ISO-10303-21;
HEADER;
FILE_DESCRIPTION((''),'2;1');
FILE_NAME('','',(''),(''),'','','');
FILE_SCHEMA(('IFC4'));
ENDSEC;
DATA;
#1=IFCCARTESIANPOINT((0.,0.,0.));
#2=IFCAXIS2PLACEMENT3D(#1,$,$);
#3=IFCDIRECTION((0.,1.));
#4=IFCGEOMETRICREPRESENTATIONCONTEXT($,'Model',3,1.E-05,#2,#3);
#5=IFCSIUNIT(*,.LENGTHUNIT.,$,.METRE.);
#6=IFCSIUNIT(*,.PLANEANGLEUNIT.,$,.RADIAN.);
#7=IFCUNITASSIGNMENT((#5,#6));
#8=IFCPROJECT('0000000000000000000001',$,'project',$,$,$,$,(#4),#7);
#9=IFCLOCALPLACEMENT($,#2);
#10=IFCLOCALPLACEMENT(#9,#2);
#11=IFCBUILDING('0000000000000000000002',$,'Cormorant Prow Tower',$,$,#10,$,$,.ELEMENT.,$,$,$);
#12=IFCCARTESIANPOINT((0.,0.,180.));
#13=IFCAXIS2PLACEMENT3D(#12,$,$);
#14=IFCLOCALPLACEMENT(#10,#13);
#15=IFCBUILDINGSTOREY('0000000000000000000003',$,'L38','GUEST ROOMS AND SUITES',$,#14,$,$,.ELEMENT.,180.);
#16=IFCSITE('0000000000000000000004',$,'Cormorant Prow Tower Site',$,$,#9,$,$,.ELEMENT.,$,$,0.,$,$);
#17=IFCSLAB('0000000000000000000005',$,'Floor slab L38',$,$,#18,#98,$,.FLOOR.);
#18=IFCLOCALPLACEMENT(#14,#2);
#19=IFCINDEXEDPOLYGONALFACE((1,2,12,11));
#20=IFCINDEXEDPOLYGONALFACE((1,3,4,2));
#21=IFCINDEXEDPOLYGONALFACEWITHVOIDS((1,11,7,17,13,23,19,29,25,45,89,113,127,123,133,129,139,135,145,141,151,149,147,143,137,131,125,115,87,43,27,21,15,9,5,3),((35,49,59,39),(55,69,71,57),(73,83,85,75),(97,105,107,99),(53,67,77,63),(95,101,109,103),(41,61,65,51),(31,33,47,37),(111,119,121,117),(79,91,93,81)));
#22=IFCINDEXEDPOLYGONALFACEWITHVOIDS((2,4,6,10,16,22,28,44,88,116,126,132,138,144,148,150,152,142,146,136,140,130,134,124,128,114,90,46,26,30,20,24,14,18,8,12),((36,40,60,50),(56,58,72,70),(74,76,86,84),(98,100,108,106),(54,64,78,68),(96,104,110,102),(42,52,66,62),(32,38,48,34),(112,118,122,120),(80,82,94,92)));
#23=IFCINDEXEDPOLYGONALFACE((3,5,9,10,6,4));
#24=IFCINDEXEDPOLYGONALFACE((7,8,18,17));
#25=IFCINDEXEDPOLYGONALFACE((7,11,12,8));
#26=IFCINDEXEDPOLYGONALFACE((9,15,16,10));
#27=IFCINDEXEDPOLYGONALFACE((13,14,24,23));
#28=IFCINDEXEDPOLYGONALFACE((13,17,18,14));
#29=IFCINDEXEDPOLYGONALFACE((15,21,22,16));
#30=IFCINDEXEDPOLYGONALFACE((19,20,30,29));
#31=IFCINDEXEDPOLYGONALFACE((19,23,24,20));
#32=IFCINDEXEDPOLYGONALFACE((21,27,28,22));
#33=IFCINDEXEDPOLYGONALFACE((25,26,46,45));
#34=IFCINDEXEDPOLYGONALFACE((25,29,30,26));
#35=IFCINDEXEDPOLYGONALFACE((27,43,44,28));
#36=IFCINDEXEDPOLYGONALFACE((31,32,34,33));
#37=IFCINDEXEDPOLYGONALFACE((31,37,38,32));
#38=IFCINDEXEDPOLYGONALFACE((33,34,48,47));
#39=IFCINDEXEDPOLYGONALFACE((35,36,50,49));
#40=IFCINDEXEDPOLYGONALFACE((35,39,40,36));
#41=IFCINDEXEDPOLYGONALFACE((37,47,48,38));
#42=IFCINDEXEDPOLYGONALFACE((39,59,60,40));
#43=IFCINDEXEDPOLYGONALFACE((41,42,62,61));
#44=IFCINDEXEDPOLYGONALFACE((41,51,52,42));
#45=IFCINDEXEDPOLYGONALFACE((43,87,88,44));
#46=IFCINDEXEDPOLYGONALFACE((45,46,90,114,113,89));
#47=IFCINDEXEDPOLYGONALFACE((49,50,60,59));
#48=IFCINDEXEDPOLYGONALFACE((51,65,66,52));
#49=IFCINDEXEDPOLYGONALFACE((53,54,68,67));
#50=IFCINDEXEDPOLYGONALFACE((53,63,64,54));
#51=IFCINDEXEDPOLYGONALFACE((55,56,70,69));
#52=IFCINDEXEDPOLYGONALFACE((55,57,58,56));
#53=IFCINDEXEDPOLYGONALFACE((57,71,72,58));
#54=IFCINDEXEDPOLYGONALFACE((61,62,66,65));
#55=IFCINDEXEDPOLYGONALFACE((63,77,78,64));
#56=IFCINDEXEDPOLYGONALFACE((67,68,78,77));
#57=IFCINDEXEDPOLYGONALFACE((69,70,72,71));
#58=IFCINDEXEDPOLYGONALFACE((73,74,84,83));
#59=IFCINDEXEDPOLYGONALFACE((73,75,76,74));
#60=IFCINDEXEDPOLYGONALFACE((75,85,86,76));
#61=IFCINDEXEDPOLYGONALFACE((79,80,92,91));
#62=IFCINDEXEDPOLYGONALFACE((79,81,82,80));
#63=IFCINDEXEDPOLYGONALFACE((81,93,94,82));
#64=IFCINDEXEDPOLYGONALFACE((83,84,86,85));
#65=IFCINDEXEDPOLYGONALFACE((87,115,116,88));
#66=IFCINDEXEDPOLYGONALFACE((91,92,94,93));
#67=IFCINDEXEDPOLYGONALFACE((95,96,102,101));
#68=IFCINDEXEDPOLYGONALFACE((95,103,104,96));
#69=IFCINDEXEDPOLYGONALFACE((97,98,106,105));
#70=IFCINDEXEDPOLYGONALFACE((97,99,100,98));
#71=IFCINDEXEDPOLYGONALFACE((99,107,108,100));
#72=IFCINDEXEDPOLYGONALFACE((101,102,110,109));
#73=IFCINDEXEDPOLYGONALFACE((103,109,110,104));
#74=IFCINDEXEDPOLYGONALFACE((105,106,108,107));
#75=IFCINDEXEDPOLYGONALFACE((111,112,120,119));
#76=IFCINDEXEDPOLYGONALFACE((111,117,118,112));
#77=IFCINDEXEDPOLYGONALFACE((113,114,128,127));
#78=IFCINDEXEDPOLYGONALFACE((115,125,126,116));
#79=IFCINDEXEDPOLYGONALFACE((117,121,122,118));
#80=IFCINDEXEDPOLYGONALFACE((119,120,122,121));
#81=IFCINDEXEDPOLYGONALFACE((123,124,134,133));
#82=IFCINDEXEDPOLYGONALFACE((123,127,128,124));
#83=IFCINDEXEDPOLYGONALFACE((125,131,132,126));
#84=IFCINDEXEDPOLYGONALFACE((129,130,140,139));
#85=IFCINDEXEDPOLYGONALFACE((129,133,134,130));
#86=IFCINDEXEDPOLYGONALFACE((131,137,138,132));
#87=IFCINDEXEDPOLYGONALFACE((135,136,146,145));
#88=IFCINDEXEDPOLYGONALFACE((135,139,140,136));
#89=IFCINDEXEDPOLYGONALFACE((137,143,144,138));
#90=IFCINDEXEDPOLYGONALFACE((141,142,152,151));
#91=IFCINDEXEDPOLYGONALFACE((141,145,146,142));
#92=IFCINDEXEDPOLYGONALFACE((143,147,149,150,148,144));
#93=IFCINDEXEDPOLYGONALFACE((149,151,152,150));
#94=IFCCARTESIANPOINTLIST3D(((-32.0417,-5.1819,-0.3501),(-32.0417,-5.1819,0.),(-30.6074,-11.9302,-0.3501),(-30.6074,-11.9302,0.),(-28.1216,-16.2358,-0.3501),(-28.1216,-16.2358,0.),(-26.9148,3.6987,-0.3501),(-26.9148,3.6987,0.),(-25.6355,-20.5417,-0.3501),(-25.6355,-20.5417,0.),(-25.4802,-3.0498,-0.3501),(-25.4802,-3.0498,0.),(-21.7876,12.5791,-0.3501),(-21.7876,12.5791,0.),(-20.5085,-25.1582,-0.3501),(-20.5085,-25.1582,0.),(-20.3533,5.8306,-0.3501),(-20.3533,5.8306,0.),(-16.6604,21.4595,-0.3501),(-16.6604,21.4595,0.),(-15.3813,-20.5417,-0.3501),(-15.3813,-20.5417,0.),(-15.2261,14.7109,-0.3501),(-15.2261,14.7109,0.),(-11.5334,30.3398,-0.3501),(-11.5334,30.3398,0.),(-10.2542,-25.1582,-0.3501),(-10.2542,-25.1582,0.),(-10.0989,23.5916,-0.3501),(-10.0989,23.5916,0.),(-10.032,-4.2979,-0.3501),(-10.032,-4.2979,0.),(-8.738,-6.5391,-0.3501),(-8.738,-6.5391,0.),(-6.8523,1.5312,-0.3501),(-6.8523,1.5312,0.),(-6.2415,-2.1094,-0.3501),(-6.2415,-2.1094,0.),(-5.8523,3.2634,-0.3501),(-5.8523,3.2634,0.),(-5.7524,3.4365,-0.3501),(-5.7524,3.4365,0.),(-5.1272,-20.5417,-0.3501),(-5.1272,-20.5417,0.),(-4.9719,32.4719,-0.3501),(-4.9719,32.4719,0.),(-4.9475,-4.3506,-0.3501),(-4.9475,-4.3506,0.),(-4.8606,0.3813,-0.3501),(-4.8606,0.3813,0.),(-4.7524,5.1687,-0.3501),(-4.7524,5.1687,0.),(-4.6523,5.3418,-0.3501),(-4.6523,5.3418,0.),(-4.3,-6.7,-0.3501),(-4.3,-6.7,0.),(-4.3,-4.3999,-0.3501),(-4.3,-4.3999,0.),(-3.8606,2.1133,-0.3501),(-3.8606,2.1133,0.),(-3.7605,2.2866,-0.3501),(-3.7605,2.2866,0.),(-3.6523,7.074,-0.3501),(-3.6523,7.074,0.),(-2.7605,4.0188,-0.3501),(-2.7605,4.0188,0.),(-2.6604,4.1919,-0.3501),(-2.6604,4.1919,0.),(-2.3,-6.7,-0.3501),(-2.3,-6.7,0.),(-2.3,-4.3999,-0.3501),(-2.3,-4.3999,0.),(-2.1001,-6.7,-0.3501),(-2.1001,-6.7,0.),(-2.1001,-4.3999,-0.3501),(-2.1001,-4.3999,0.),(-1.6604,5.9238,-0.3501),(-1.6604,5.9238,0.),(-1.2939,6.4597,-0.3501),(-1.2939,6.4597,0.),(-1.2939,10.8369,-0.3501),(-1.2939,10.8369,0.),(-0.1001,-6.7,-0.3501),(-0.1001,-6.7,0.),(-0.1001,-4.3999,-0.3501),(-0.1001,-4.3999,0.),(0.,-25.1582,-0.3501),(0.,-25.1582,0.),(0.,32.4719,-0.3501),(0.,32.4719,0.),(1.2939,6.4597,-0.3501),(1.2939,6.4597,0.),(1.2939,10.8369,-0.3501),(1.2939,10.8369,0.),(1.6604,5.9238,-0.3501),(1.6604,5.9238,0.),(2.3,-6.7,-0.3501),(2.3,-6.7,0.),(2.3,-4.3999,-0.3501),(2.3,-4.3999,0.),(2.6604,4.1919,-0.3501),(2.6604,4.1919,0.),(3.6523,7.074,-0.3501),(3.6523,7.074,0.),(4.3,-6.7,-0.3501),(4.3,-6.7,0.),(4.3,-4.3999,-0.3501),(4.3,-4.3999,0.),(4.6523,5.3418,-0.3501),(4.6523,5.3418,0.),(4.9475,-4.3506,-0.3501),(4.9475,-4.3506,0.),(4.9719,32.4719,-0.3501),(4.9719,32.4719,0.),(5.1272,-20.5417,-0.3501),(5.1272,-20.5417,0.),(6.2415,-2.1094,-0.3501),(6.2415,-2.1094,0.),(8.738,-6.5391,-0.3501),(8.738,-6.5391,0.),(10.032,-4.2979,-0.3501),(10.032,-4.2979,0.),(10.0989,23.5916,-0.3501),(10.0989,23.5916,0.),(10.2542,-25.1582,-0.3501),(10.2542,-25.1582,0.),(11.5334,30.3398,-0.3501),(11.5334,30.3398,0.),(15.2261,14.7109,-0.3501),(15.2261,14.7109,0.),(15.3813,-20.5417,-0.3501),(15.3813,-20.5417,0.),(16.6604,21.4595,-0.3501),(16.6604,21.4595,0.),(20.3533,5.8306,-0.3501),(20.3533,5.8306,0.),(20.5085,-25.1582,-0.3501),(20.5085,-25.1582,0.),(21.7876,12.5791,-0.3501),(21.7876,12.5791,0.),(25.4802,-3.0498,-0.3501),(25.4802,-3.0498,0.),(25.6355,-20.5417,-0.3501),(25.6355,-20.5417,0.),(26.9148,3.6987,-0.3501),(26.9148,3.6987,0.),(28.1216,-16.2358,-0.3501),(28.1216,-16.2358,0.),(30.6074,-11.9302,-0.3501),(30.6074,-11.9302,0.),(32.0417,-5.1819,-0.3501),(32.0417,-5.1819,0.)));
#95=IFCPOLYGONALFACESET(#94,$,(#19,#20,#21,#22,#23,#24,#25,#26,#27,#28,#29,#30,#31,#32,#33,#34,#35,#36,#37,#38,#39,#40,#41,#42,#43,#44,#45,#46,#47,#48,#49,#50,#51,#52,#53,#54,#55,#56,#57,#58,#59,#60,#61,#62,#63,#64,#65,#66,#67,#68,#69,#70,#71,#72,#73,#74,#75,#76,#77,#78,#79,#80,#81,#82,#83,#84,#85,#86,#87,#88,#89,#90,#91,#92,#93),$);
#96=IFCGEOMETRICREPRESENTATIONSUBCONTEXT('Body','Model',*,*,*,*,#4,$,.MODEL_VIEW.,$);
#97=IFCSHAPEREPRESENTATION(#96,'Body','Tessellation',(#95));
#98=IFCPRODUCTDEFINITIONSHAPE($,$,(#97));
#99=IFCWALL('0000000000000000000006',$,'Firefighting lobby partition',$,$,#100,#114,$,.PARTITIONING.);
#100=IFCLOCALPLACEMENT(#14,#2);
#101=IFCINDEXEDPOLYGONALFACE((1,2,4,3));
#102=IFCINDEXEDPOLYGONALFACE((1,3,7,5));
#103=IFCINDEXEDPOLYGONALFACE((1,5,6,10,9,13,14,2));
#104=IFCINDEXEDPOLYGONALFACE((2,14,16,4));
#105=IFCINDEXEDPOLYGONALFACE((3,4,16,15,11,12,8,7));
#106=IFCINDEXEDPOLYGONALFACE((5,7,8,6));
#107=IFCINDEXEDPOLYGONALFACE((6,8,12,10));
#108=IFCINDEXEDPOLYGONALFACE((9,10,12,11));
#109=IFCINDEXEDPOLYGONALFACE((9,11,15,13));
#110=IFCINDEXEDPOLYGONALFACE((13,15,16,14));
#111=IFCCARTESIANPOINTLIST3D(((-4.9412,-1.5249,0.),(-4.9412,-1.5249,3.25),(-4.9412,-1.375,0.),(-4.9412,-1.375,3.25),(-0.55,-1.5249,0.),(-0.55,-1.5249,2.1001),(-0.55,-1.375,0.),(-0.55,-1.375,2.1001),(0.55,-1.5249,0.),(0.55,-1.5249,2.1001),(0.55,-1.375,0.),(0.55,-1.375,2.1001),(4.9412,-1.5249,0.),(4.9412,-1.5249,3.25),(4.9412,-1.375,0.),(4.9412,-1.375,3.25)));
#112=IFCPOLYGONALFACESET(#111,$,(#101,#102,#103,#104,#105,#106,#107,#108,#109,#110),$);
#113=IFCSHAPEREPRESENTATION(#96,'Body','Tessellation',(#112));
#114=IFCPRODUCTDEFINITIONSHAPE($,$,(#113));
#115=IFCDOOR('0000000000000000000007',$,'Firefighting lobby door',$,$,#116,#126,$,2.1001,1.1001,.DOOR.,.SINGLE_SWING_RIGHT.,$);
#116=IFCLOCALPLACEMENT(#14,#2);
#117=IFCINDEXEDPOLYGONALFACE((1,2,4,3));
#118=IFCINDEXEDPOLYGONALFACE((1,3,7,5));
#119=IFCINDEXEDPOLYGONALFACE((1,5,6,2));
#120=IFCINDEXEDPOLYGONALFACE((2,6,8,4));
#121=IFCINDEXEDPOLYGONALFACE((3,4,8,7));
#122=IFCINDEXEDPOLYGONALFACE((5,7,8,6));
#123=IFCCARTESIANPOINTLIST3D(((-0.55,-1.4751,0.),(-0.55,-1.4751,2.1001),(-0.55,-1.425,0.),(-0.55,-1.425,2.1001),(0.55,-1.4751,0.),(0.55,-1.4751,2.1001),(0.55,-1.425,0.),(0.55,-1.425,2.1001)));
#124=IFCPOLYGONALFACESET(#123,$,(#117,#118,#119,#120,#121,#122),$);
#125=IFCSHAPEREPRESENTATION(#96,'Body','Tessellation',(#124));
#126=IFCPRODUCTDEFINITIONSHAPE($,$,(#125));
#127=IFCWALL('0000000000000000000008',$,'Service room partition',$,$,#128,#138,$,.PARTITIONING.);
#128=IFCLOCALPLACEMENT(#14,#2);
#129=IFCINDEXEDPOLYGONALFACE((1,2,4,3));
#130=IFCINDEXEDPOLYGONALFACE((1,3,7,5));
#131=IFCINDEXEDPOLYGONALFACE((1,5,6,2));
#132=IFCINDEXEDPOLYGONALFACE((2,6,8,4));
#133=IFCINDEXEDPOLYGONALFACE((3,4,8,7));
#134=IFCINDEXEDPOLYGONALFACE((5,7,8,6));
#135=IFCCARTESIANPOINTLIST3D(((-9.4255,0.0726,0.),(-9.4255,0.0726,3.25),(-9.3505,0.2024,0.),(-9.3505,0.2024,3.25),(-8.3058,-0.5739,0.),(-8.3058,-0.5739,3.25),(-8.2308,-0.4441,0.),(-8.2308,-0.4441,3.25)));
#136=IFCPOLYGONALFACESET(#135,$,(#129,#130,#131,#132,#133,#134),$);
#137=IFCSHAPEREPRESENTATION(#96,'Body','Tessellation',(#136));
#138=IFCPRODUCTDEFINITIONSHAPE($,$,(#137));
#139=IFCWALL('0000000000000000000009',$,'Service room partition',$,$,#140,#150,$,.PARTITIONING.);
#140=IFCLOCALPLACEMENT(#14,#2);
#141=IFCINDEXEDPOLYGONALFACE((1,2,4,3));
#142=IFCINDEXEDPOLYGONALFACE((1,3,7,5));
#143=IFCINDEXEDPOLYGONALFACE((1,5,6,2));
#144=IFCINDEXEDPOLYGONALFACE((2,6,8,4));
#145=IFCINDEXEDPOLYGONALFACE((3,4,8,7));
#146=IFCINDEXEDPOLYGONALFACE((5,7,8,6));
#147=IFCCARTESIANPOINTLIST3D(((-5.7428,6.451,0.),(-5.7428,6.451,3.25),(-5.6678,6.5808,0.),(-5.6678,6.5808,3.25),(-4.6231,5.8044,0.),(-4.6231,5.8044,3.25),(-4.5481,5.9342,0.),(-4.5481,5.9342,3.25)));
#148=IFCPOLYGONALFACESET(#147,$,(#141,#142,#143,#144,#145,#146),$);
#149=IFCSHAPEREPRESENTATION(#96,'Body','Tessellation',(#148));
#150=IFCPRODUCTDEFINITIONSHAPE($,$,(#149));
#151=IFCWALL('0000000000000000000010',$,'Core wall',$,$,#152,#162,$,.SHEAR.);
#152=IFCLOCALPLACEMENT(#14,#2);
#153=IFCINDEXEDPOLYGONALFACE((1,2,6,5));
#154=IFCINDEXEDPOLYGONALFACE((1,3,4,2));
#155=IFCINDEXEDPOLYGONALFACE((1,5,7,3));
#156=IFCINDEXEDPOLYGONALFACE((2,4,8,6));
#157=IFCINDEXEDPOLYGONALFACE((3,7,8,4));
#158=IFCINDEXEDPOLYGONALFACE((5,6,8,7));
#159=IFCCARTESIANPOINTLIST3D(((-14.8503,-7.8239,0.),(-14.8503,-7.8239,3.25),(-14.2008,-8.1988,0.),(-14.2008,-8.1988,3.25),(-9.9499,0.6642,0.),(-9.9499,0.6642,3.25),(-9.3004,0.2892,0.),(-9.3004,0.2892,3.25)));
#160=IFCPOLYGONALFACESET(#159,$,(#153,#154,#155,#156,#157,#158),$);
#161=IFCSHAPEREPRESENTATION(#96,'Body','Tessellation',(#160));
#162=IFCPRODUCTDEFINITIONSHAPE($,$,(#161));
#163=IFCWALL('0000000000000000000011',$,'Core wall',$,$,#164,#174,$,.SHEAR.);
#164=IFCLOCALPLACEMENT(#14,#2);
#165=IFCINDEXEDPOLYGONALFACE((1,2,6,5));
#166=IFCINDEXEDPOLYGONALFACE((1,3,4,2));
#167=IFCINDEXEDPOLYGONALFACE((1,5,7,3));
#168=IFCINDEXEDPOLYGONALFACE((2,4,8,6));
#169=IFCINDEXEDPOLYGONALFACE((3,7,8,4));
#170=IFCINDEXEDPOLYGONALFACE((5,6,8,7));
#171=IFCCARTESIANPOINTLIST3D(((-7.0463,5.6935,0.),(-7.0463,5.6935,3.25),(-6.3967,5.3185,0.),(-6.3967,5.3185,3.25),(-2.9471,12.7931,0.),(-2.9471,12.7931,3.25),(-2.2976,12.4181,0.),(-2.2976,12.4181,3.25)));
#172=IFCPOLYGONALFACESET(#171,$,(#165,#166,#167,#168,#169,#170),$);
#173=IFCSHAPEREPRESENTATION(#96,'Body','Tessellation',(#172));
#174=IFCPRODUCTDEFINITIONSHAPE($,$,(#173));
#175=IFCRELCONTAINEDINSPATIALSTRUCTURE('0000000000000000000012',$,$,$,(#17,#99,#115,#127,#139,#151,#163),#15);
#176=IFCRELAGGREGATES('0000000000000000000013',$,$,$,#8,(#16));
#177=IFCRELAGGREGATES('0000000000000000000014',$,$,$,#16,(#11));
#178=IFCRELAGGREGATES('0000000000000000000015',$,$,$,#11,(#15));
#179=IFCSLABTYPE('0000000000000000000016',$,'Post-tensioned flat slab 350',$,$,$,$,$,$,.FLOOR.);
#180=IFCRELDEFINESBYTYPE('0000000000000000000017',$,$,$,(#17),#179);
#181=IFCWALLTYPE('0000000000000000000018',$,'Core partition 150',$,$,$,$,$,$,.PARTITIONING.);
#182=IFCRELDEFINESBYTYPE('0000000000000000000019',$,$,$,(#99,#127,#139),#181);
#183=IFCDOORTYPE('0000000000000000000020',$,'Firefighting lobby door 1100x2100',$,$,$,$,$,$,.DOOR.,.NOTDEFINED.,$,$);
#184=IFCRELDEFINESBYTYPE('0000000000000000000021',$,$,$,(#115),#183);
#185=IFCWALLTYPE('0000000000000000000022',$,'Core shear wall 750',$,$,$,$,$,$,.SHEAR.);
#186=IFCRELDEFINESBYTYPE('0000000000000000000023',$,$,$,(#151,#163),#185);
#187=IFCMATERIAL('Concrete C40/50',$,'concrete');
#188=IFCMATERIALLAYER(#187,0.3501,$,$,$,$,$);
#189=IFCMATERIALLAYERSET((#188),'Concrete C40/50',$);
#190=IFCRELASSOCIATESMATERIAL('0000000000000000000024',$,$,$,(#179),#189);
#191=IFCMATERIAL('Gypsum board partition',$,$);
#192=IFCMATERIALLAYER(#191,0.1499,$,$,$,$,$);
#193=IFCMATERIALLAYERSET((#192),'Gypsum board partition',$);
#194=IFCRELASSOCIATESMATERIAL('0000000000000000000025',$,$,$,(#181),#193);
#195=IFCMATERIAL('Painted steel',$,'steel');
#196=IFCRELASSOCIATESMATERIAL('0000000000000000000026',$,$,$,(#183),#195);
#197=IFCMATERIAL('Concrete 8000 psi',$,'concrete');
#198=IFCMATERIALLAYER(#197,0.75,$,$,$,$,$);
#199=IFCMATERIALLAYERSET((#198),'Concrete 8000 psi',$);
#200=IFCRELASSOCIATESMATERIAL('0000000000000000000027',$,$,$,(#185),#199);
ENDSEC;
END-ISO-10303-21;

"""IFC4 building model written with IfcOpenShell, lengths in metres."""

from ifc_helpers import new_model, si_unit, direction, frame, frame_2d, origin, place, context, subcontext, project, spatial, polyline, rectangle, outline, extrude, material, layer, layer_set, type_object, element, fill, save


model = new_model("IFC4")

# Units and contexts
model_context = context("Model", 3, precision=1e-05, world=origin(), true_north=direction((0.0, 1.0)))
body_context = subcontext(model_context, "Body", "Model", "MODEL_VIEW")
ifc_project = project(units=[si_unit("LENGTHUNIT", "METRE"), si_unit("PLANEANGLEUNIT", "RADIAN")], contexts=[model_context])

# Site, building, storey
site_placement = place(None, origin())
site = spatial("IfcSite", under=ifc_project, at=site_placement, Name="Cormorant Prow Tower Site", CompositionType="ELEMENT", RefElevation=0.0)
building_placement = place(site_placement, origin())
building = spatial("IfcBuilding", under=site, at=building_placement, Name="Cormorant Prow Tower", CompositionType="ELEMENT")
storey_placement = place(building_placement, frame((0.0, 0.0, 180.0)))
storey = spatial("IfcBuildingStorey", under=building, at=storey_placement, Name="L38", Description="GUEST ROOMS AND SUITES", CompositionType="ELEMENT", Elevation=180.0)

# Slab
ifc_material_1 = material(Name="Concrete C40/50", Category="concrete")
ifc_layer_1 = layer(ifc_material_1, 0.3501)
ifc_layer_set_1 = layer_set([ifc_layer_1], Name="Concrete C40/50")
slab_type_1 = type_object("IfcSlabType", Name="Post-tensioned flat slab 350", PredefinedType="FLOOR", material=ifc_layer_set_1)
slab_1_placement = place(storey_placement, frame((0.0, 0.0, -0.3501)))
element("IfcSlab", 1, at=slab_1_placement, inside=storey, type_object=slab_type_1, Name="Floor slab L38", PredefinedType="FLOOR", context=body_context, shape_type="SweptSolid", body=[
    extrude(outline(polyline([(-10.0989, 23.5916), (-16.6604, 21.4595), (-15.2261, 14.7109), (-21.7876, 12.5791), (-20.3533, 5.8306), (-26.9148, 3.6987), (-25.4802, -3.0498), (-32.0417, -5.1819), (-30.6074, -11.9302), (-28.1216, -16.2358), (-25.6355, -20.5417), (-20.5085, -25.1582), (-15.3813, -20.5417), (-10.2542, -25.1582), (-5.1272, -20.5417), (0.0, -25.1582), (5.1272, -20.5417), (10.2542, -25.1582), (15.3813, -20.5417), (20.5085, -25.1582), (25.6355, -20.5417), (28.1216, -16.2358), (30.6074, -11.9302), (32.0417, -5.1819), (25.4802, -3.0498), (26.9148, 3.6987), (20.3533, 5.8306), (21.7876, 12.5791), (15.2261, 14.7109), (16.6604, 21.4595), (10.0989, 23.5916), (11.5334, 30.3398), (4.9719, 32.4719), (0.0, 32.4719), (-4.9719, 32.4719), (-11.5334, 30.3398), (-10.0989, 23.5916)]), holes=[polyline([(-4.3, -4.3999), (-2.3, -4.3999), (-2.3, -6.7), (-4.3, -6.7), (-4.3, -4.3999)]), polyline([(-0.1001, -4.3999), (-0.1001, -6.7), (-2.1001, -6.7), (-2.1001, -4.3999), (-0.1001, -4.3999)]), polyline([(4.3, -6.7), (2.3, -6.7), (2.3, -4.3999), (4.3, -4.3999), (4.3, -6.7)]), polyline([(4.6523, 5.3418), (2.6604, 4.1919), (1.6604, 5.9238), (3.6523, 7.074), (4.6523, 5.3418)]), polyline([(-1.6604, 5.9238), (-2.6604, 4.1919), (-4.6523, 5.3418), (-3.6523, 7.074), (-1.6604, 5.9238)]), polyline([(-3.7605, 2.2866), (-5.7524, 3.4365), (-4.7524, 5.1687), (-2.7605, 4.0188), (-3.7605, 2.2866)]), polyline([(-6.8523, 1.5312), (-5.8523, 3.2634), (-3.8606, 2.1133), (-4.8606, 0.3813), (-6.8523, 1.5312)]), polyline([(-4.9475, -4.3506), (-8.738, -6.5391), (-10.032, -4.2979), (-6.2415, -2.1094), (-4.9475, -4.3506)]), polyline([(10.032, -4.2979), (8.738, -6.5391), (4.9475, -4.3506), (6.2415, -2.1094), (10.032, -4.2979)]), polyline([(1.2939, 10.8369), (1.2939, 6.4597), (-1.2939, 6.4597), (-1.2939, 10.8369), (1.2939, 10.8369)])]), origin(), (0.0, 0.0, 1.0), 0.3501),
])

# Wall, opening, door
ifc_material_2 = material(Name="Gypsum board partition")
ifc_layer_2 = layer(ifc_material_2, 0.1499)
ifc_layer_set_2 = layer_set([ifc_layer_2], Name="Gypsum board partition")
wall_type_1 = type_object("IfcWallType", Name="Core partition 150", PredefinedType="PARTITIONING", material=ifc_layer_set_2)
wall_1_placement = place(storey_placement, frame((-4.9412, -1.45, 0.0), z_axis=(0.0, 0.0, 1.0), x_axis=(1.0, 0.0, 0.0)))
wall_1 = element("IfcWall", 2, at=wall_1_placement, inside=storey, type_object=wall_type_1, Name="Firefighting lobby partition", PredefinedType="PARTITIONING", context=body_context, shape_type="SweptSolid", body=[
    extrude(rectangle(XDim=9.8823, YDim=0.1499, at=frame_2d((4.9412, 0.0))), origin(), (0.0, 0.0, 1.0), 3.25),
])
opening_1_placement = place(wall_1_placement, frame((4.3911, 0.0, 0.0)))
opening_1 = element("IfcOpeningElement", 3, at=opening_1_placement, cuts=wall_1, PredefinedType="OPENING", context=body_context, shape_type="SweptSolid", body=[
    extrude(rectangle(XDim=1.1001, YDim=2.1001, at=frame_2d((0.55, 1.05))), frame((0.0, 0.085, 0.0), z_axis=(0.0, -1.0, 0.0), x_axis=(1.0, 0.0, 0.0)), (0.0, 0.0, 1.0), 0.1699),
])
ifc_material_3 = material(Name="Painted steel", Category="steel")
door_type_1 = type_object("IfcDoorType", Name="Firefighting lobby door 1100x2100", OperationType="NOTDEFINED", PredefinedType="DOOR", material=ifc_material_3)
door_1_placement = place(opening_1_placement, origin())
door_1 = element("IfcDoor", 4, at=door_1_placement, inside=storey, type_object=door_type_1, Name="Firefighting lobby door", OperationType="SINGLE_SWING_RIGHT", OverallHeight=2.1001, OverallWidth=1.1001, PredefinedType="DOOR", context=body_context, shape_type="SweptSolid", body=[
    extrude(rectangle(XDim=1.1001, YDim=2.1001, at=frame_2d((0.55, 1.05))), frame((0.0, 0.0249, 0.0), z_axis=(0.0, -1.0, 0.0), x_axis=(1.0, 0.0, 0.0)), (0.0, 0.0, 1.0), 0.05),
])
fill(opening_1, door_1)

# Walls
for number, where, z_axis, x_axis, name in (
    (5, (-8.2683, -0.509, 0.0), (0.0, 0.0, 1.0), (-0.866003, 0.500038, 0.0), "Service room partition"),
    (6, (-5.7053, 6.5159, 0.0), (0.0, 0.0, 1.0), (0.866003, -0.500038, 0.0), "Service room partition"),
):
    element("IfcWall", number, at=place(storey_placement, frame(where, z_axis=z_axis, x_axis=x_axis)), inside=storey, type_object=wall_type_1, Name=name, PredefinedType="PARTITIONING", context=body_context, shape_type="SweptSolid", body=[
        extrude(rectangle(XDim=1.293, YDim=0.1499, at=frame_2d((0.6465, 0.0))), origin(), (0.0, 0.0, 1.0), 3.25),
    ])
ifc_material_4 = material(Name="Concrete 8000 psi", Category="concrete")
ifc_layer_3 = layer(ifc_material_4, 0.75)
ifc_layer_set_3 = layer_set([ifc_layer_3], Name="Concrete 8000 psi")
wall_type_2 = type_object("IfcWallType", Name="Core shear wall 750", PredefinedType="SHEAR", material=ifc_layer_set_3)
wall_2_placement = place(storey_placement, frame((-9.6252, 0.4766, 0.0), z_axis=(0.0, 0.0, 1.0), x_axis=(-0.499986, -0.866033, 0.0)))
element("IfcWall", 7, at=wall_2_placement, inside=storey, type_object=wall_type_2, Name="Core wall", PredefinedType="SHEAR", context=body_context, shape_type="SweptSolid", body=[
    extrude(rectangle(XDim=9.801, YDim=0.75, at=frame_2d((4.9004, 0.0))), origin(), (0.0, 0.0, 1.0), 3.25),
])
wall_3_placement = place(storey_placement, frame((-2.6223, 12.6057, 0.0), z_axis=(0.0, 0.0, 1.0), x_axis=(-0.500015, -0.866017, 0.0)))
element("IfcWall", 8, at=wall_3_placement, inside=storey, type_object=wall_type_2, Name="Core wall", PredefinedType="SHEAR", context=body_context, shape_type="SweptSolid", body=[
    extrude(rectangle(XDim=8.198, YDim=0.75, at=frame_2d((4.0991, 0.0))), origin(), (0.0, 0.0, 1.0), 3.25),
])

save(model, "model.ifc")
